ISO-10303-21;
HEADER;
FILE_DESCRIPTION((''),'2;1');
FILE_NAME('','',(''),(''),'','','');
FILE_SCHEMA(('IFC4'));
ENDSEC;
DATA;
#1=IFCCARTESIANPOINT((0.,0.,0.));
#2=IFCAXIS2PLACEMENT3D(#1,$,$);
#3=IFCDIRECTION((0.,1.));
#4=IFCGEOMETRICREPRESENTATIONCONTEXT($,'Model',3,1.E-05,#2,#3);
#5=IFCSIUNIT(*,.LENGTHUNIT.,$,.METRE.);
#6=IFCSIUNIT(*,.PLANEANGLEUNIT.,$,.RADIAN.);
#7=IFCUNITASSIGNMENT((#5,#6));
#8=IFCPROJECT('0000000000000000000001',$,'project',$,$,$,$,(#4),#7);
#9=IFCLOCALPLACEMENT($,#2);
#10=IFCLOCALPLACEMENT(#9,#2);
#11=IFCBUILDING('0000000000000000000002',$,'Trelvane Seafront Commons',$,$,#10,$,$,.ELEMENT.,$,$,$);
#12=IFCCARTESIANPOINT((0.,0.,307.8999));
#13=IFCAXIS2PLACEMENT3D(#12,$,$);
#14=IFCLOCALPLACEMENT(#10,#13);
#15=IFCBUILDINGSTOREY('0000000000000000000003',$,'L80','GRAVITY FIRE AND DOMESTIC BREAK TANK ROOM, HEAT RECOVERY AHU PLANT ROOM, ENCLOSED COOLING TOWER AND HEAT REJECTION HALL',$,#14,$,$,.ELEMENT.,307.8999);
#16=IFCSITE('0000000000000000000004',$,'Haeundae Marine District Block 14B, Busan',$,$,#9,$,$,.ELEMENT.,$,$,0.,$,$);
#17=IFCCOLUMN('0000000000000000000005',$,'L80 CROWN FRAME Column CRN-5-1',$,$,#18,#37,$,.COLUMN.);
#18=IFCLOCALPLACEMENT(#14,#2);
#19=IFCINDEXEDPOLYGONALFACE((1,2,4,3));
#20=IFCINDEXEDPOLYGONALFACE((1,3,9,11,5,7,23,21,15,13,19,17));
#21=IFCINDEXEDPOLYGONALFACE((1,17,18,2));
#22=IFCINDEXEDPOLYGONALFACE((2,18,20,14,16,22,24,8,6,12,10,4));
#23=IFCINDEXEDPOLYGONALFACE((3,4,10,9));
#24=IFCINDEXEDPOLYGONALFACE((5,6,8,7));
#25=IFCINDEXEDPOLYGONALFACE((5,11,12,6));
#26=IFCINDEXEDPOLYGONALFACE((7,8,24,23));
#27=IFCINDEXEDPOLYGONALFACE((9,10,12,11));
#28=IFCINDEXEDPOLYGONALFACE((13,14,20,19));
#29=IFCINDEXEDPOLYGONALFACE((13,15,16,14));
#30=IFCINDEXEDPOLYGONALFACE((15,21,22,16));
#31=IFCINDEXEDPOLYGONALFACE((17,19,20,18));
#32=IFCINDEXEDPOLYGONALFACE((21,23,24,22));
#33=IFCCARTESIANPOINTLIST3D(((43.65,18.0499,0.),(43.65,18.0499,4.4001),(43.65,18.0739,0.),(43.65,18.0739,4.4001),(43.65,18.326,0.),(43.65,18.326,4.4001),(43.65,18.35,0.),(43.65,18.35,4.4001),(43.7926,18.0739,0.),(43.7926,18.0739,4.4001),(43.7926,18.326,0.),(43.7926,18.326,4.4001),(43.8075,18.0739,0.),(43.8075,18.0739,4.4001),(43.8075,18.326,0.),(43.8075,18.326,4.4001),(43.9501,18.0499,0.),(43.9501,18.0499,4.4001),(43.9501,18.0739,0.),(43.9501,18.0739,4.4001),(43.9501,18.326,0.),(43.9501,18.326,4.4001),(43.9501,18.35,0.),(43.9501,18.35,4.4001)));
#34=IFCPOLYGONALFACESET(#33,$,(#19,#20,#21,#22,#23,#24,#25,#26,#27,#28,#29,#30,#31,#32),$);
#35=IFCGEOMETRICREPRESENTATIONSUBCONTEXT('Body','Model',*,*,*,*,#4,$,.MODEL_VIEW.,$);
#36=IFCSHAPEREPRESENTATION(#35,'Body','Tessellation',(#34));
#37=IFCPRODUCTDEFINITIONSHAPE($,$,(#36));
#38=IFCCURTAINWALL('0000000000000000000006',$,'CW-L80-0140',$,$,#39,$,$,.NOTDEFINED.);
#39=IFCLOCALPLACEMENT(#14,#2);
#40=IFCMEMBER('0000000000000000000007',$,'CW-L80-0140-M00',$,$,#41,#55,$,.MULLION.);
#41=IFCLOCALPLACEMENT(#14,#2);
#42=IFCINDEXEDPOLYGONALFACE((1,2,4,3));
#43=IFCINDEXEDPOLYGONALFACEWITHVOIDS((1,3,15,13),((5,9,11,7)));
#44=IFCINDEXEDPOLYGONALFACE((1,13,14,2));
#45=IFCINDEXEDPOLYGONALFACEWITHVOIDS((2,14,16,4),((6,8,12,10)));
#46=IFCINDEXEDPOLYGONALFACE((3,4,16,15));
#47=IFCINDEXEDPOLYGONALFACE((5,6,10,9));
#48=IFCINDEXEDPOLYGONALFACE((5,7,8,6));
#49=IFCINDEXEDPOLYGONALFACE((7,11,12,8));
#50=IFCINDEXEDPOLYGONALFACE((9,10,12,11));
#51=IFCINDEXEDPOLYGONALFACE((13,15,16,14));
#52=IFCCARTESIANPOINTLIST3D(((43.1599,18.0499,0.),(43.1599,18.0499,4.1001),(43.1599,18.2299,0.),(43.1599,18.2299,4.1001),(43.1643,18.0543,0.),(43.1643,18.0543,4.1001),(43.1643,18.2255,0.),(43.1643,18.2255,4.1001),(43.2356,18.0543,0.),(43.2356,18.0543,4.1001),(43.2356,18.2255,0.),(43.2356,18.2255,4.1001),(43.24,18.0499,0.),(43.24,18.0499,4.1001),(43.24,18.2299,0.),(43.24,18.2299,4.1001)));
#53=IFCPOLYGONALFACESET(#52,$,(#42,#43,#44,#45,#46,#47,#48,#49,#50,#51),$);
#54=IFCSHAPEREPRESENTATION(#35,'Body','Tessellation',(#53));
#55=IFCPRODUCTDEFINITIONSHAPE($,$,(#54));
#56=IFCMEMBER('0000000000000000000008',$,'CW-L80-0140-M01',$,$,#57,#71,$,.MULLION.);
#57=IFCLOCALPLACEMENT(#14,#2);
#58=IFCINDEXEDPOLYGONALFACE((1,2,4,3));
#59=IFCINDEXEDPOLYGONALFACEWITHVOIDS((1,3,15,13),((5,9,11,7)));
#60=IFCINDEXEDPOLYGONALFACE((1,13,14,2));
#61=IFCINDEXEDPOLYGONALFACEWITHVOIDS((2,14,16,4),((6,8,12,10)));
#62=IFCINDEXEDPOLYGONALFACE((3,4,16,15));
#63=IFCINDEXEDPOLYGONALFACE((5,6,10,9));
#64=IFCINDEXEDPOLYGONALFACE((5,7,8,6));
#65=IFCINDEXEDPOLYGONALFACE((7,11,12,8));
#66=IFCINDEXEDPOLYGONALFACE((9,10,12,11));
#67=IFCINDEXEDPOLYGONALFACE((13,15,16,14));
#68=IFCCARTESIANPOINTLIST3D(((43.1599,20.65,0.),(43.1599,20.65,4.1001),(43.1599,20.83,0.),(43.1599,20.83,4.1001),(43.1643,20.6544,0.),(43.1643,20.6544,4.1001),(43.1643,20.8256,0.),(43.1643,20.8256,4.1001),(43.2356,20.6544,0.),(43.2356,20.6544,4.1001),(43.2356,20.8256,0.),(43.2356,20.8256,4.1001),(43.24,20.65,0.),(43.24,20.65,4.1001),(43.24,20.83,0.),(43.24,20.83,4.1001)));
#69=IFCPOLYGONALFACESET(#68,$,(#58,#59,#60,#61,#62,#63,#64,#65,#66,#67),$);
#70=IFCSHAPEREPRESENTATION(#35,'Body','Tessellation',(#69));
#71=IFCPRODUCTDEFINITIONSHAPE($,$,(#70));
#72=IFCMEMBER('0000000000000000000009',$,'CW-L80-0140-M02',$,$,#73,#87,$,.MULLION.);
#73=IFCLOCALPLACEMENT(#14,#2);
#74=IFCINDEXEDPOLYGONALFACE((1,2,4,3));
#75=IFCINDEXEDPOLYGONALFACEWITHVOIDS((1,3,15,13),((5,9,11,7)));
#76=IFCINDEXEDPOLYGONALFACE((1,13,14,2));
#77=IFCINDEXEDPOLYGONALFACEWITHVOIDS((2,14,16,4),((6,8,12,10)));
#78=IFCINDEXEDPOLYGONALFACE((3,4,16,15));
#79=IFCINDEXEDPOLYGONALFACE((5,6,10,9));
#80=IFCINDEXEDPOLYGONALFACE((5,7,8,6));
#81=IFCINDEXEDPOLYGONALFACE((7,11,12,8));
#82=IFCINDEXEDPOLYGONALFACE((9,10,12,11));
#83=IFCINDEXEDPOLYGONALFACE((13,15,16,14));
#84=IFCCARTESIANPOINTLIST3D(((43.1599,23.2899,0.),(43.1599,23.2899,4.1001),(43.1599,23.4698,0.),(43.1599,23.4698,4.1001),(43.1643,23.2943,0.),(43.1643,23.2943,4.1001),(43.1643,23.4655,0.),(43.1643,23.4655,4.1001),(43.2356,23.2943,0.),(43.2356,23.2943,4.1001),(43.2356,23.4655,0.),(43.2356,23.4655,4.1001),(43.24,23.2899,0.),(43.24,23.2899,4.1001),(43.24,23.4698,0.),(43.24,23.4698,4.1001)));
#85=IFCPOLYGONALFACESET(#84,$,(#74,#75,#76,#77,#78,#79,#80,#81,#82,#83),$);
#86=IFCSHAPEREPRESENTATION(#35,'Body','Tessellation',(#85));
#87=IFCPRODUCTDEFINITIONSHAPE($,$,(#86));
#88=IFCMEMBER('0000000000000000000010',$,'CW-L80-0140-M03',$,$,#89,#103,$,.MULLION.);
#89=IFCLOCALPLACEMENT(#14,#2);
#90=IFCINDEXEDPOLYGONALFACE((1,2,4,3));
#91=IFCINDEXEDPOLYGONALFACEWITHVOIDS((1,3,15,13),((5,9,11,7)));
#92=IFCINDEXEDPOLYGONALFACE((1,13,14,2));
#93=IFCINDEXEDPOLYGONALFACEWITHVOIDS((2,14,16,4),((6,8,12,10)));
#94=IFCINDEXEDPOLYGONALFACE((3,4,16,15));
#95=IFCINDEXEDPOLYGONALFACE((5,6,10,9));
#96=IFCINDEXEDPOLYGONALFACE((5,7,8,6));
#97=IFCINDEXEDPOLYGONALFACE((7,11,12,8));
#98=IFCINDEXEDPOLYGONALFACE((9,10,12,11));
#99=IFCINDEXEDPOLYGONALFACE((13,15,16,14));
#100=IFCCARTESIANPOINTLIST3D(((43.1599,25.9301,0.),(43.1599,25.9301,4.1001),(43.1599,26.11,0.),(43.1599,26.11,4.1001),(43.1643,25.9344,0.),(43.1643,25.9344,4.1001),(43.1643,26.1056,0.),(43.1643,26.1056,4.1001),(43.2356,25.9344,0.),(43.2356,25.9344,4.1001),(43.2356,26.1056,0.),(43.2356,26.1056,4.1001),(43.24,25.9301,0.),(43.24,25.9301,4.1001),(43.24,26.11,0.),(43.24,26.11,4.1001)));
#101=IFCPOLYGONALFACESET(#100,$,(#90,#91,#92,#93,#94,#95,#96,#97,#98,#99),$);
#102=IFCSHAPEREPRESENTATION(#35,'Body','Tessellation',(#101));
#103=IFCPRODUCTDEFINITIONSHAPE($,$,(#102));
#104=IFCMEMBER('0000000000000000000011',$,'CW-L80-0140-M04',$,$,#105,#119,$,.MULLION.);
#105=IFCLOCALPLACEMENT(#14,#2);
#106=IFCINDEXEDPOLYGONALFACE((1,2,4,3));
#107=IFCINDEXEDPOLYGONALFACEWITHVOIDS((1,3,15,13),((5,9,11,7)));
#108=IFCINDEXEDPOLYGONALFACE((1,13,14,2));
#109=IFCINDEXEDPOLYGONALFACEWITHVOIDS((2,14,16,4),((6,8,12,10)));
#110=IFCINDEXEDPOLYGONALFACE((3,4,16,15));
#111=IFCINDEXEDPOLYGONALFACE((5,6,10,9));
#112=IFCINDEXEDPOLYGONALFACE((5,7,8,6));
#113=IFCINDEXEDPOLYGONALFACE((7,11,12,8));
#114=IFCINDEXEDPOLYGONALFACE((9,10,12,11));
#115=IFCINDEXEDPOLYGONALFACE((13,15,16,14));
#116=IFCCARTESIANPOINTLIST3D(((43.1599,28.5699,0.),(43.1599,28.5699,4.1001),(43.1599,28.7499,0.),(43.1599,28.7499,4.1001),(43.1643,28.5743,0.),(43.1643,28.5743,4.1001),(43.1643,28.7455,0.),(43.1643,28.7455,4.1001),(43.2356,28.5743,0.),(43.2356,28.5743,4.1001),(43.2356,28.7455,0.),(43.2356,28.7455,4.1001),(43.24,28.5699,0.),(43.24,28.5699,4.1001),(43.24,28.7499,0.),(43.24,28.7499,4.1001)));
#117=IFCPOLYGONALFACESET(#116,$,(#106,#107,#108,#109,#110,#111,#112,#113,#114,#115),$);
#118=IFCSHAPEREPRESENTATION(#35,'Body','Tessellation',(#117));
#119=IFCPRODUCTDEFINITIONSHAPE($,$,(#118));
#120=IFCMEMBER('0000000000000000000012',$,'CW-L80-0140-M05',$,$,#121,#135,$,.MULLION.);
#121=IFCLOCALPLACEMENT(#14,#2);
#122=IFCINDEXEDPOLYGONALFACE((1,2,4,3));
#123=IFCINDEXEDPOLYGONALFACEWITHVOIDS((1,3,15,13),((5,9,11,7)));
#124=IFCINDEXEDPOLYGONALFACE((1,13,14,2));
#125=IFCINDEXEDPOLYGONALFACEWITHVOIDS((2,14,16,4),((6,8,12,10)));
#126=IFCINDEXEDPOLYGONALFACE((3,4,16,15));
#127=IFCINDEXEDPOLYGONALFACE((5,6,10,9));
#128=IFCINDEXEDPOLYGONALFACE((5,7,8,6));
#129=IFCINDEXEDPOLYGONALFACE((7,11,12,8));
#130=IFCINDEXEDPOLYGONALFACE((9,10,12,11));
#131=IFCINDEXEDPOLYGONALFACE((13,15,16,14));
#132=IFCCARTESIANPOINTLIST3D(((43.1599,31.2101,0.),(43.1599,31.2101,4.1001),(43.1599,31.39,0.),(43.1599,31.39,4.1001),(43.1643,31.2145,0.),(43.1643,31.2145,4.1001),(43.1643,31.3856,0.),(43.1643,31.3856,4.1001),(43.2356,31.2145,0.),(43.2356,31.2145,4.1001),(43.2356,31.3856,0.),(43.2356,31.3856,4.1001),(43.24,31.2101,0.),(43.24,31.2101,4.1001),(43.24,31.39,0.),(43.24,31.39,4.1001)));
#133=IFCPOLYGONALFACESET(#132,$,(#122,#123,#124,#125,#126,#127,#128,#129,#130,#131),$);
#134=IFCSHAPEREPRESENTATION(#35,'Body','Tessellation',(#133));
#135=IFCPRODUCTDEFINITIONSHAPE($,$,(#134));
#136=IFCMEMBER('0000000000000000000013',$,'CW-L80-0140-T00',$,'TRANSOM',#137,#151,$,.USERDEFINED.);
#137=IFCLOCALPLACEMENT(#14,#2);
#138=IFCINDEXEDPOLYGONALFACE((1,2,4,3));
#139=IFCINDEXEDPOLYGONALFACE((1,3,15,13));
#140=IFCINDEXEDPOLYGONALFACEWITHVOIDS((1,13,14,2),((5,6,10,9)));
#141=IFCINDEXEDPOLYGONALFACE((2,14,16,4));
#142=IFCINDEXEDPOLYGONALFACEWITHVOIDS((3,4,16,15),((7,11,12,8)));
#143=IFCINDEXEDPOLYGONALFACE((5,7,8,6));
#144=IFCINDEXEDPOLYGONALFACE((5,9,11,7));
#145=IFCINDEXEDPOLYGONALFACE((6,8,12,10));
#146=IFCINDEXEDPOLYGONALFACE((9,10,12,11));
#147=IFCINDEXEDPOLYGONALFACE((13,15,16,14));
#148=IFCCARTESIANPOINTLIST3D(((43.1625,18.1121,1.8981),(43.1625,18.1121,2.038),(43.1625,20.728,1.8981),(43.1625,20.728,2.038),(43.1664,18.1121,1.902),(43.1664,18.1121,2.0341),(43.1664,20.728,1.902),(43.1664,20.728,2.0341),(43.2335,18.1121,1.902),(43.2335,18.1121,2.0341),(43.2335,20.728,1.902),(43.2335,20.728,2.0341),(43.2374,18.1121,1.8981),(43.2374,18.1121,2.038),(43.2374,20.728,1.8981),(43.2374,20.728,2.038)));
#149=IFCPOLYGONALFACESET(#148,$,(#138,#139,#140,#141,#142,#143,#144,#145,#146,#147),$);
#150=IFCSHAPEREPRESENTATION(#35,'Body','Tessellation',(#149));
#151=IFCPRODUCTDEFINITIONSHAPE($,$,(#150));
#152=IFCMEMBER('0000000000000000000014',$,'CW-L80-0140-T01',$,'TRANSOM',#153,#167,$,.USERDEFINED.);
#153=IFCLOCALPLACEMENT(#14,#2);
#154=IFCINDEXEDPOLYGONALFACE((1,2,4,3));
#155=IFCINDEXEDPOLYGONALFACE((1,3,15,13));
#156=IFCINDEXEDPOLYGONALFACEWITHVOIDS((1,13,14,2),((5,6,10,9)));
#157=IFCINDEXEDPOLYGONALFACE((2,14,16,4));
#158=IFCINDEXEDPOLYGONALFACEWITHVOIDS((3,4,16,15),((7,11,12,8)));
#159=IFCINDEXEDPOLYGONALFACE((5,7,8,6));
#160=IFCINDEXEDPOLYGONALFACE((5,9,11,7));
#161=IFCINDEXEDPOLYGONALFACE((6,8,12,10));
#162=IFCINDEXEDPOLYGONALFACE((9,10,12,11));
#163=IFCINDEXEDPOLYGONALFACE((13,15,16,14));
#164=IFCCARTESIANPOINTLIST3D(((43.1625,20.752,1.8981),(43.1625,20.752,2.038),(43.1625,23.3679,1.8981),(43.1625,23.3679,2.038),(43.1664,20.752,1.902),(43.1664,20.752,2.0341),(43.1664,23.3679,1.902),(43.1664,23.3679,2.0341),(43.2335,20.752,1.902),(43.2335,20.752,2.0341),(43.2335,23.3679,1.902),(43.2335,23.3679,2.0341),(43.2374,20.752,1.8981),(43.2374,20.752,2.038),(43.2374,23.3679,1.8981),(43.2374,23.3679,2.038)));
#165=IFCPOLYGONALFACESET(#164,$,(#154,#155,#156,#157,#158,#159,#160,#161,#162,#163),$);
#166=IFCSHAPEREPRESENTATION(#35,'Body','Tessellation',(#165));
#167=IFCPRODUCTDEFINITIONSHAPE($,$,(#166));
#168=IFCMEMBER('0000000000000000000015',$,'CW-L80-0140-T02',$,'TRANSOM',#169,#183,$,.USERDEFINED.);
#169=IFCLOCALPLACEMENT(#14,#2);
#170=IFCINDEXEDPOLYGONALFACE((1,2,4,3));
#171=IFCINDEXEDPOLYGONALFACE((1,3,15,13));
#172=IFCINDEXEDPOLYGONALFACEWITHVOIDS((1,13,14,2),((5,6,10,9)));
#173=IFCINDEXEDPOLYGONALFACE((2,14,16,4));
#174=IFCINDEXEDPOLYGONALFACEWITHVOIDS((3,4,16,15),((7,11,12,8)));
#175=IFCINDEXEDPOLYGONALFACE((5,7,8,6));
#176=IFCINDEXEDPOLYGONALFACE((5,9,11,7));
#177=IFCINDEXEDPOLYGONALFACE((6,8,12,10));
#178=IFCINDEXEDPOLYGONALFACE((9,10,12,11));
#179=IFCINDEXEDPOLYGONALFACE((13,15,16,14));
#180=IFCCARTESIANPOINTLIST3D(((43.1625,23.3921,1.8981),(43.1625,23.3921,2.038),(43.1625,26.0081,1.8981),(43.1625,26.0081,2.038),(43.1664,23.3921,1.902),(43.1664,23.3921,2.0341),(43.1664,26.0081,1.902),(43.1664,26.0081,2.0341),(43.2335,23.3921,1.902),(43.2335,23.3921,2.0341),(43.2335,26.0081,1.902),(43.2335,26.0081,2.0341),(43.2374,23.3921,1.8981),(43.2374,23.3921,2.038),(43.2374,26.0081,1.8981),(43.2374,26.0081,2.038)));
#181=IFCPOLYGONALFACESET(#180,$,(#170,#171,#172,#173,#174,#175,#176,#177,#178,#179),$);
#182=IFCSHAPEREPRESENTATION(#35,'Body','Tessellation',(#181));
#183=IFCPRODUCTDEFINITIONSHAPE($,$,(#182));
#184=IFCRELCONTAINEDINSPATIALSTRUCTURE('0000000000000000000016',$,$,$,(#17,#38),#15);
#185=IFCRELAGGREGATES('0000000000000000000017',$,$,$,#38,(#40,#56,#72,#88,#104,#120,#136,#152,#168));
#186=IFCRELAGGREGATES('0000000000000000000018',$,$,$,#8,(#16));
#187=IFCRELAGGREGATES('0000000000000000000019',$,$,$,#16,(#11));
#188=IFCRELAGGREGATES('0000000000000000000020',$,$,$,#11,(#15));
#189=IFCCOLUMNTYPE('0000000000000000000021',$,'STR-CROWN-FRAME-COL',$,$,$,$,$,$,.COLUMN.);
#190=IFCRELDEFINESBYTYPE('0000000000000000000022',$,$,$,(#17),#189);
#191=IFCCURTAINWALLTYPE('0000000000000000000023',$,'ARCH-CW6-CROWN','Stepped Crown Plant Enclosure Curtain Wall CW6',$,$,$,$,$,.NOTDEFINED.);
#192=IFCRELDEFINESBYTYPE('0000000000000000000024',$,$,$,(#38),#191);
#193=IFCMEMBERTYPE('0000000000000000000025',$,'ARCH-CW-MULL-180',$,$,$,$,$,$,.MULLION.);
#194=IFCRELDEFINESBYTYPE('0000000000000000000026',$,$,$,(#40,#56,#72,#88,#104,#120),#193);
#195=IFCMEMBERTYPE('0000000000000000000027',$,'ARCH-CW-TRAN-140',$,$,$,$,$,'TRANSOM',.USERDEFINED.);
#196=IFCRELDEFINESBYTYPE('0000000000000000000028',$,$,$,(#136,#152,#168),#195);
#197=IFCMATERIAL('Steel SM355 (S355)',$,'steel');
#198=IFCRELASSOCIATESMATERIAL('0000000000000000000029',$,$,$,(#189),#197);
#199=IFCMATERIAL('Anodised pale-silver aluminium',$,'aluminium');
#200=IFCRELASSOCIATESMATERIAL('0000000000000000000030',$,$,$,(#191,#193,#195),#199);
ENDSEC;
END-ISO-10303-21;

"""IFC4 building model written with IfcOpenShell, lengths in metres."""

from ifc_helpers import new_model, si_unit, direction, frame, origin, origin_2d, place, context, subcontext, project, spatial, hollow_rectangle, i_section, extrude, source, transform, mapped, material, material_profile, profile_set, type_object, element, aggregate, save


model = new_model("IFC4")

# Units and contexts
model_context = context("Model", 3, precision=1e-05, world=origin(), true_north=direction((0.0, 1.0)))
body_context = subcontext(model_context, "Body", "Model", "MODEL_VIEW")
ifc_project = project(units=[si_unit("LENGTHUNIT", "METRE"), si_unit("PLANEANGLEUNIT", "RADIAN")], contexts=[model_context])

# Site, building, storey
site_placement = place(None, origin())
site = spatial("IfcSite", under=ifc_project, at=site_placement, Name="Haeundae Marine District Block 14B, Busan", CompositionType="ELEMENT", RefElevation=0.0)
building_placement = place(site_placement, origin())
building = spatial("IfcBuilding", under=site, at=building_placement, Name="Trelvane Seafront Commons", CompositionType="ELEMENT")
storey_placement = place(building_placement, frame((0.0, 0.0, 307.8999)))
storey = spatial("IfcBuildingStorey", under=building, at=storey_placement, Name="L80", Description="GRAVITY FIRE AND DOMESTIC BREAK TANK ROOM, HEAT RECOVERY AHU PLANT ROOM, ENCLOSED COOLING TOWER AND HEAT REJECTION HALL", CompositionType="ELEMENT", Elevation=307.8999)

# Column
ifc_material_1 = material(Name="Steel SM355 (S355)", Category="steel")
ifc_material_profile_1 = material_profile(ifc_material_1, i_section(OverallWidth=0.3, OverallDepth=0.3, WebThickness=0.0149, FlangeThickness=0.0239, at=origin_2d()), Name="HD-300x300x15x24")
ifc_profile_set_1 = profile_set([ifc_material_profile_1], Name="Steel SM355 (S355)")
column_type = type_object("IfcColumnType", Name="STR-CROWN-FRAME-COL", PredefinedType="COLUMN", material=ifc_profile_set_1)
shared_shape_1 = source(origin(), body_context, "Body", "SweptSolid", [
    extrude(i_section(OverallWidth=0.3, OverallDepth=0.3, WebThickness=0.0149, FlangeThickness=0.0239, at=origin_2d()), origin(), (0.0, 0.0, 1.0), 4.4001),
])
column_placement = place(storey_placement, frame((43.8, 18.2, 0.0), z_axis=(0.0, 0.0, 1.0), x_axis=(1.0, 0.0, 0.0)))
element("IfcColumn", 1, at=column_placement, inside=storey, type_object=column_type, Name="L80 CROWN FRAME Column CRN-5-1", PredefinedType="COLUMN", context=body_context, shape_type="MappedRepresentation", body=[
    mapped(shared_shape_1, transform((0.0, 0.0, 0.0), x_axis=(1.0, 0.0, 0.0), y_axis=(0.0, 1.0, 0.0), z_axis=(0.0, 0.0, 1.0), scale=1.0)),
])

# Curtain wall, members
ifc_material_2 = material(Name="Anodised pale-silver aluminium", Category="aluminium")
curtain_wall_type = type_object("IfcCurtainWallType", Name="ARCH-CW6-CROWN", Description="Stepped Crown Plant Enclosure Curtain Wall CW6", PredefinedType="NOTDEFINED", material=ifc_material_2)
curtain_wall_placement = place(storey_placement, origin())
curtain_wall = element("IfcCurtainWall", 2, at=curtain_wall_placement, inside=storey, type_object=curtain_wall_type, Name="CW-L80-0140", PredefinedType="NOTDEFINED")
ifc_material_profile_2 = material_profile(ifc_material_2, hollow_rectangle(XDim=0.0801, YDim=0.1799, WallThickness=0.0044, at=origin_2d()), Name="MULL-80x180x4.5")
ifc_profile_set_2 = profile_set([ifc_material_profile_2], Name="Anodised pale-silver aluminium")
member_type_1 = type_object("IfcMemberType", Name="ARCH-CW-MULL-180", PredefinedType="MULLION", material=ifc_profile_set_2)
shared_shape_2 = source(origin(), body_context, "Body", "SweptSolid", [
    extrude(hollow_rectangle(XDim=0.0801, YDim=0.1799, WallThickness=0.0044, at=origin_2d()), origin(), (0.0, 0.0, 1.0), 4.1001),
])
member_1_placement = place(storey_placement, frame((43.2, 18.1399, 0.0), z_axis=(0.0, 0.0, 1.0), x_axis=(1.0, 0.0, 0.0)))
member_1 = element("IfcMember", 3, at=member_1_placement, type_object=member_type_1, Name="CW-L80-0140-M00", PredefinedType="MULLION", context=body_context, shape_type="MappedRepresentation", body=[
    mapped(shared_shape_2, transform((0.0, 0.0, 0.0), x_axis=(1.0, 0.0, 0.0), y_axis=(0.0, 1.0, 0.0), z_axis=(0.0, 0.0, 1.0), scale=1.0)),
])
member_2_placement = place(storey_placement, frame((43.2, 20.74, 0.0), z_axis=(0.0, 0.0, 1.0), x_axis=(1.0, 0.0, 0.0)))
member_2 = element("IfcMember", 4, at=member_2_placement, type_object=member_type_1, Name="CW-L80-0140-M01", PredefinedType="MULLION", context=body_context, shape_type="MappedRepresentation", body=[
    mapped(shared_shape_2, transform((0.0, 0.0, 0.0), x_axis=(1.0, 0.0, 0.0), y_axis=(0.0, 1.0, 0.0), z_axis=(0.0, 0.0, 1.0), scale=1.0)),
])
member_3_placement = place(storey_placement, frame((43.2, 23.3799, 0.0), z_axis=(0.0, 0.0, 1.0), x_axis=(1.0, 0.0, 0.0)))
member_3 = element("IfcMember", 5, at=member_3_placement, type_object=member_type_1, Name="CW-L80-0140-M02", PredefinedType="MULLION", context=body_context, shape_type="MappedRepresentation", body=[
    mapped(shared_shape_2, transform((0.0, 0.0, 0.0), x_axis=(1.0, 0.0, 0.0), y_axis=(0.0, 1.0, 0.0), z_axis=(0.0, 0.0, 1.0), scale=1.0)),
])
member_4_placement = place(storey_placement, frame((43.2, 26.02, 0.0), z_axis=(0.0, 0.0, 1.0), x_axis=(1.0, 0.0, 0.0)))
member_4 = element("IfcMember", 6, at=member_4_placement, type_object=member_type_1, Name="CW-L80-0140-M03", PredefinedType="MULLION", context=body_context, shape_type="MappedRepresentation", body=[
    mapped(shared_shape_2, transform((0.0, 0.0, 0.0), x_axis=(1.0, 0.0, 0.0), y_axis=(0.0, 1.0, 0.0), z_axis=(0.0, 0.0, 1.0), scale=1.0)),
])
member_5_placement = place(storey_placement, frame((43.2, 28.6599, 0.0), z_axis=(0.0, 0.0, 1.0), x_axis=(1.0, 0.0, 0.0)))
member_5 = element("IfcMember", 7, at=member_5_placement, type_object=member_type_1, Name="CW-L80-0140-M04", PredefinedType="MULLION", context=body_context, shape_type="MappedRepresentation", body=[
    mapped(shared_shape_2, transform((0.0, 0.0, 0.0), x_axis=(1.0, 0.0, 0.0), y_axis=(0.0, 1.0, 0.0), z_axis=(0.0, 0.0, 1.0), scale=1.0)),
])
member_6_placement = place(storey_placement, frame((43.2, 31.3, 0.0), z_axis=(0.0, 0.0, 1.0), x_axis=(1.0, 0.0, 0.0)))
member_6 = element("IfcMember", 8, at=member_6_placement, type_object=member_type_1, Name="CW-L80-0140-M05", PredefinedType="MULLION", context=body_context, shape_type="MappedRepresentation", body=[
    mapped(shared_shape_2, transform((0.0, 0.0, 0.0), x_axis=(1.0, 0.0, 0.0), y_axis=(0.0, 1.0, 0.0), z_axis=(0.0, 0.0, 1.0), scale=1.0)),
])
ifc_material_profile_3 = material_profile(ifc_material_2, hollow_rectangle(XDim=0.075, YDim=0.1399, WallThickness=0.0039, at=origin_2d()), Name="TRAN-75x140x4")
ifc_profile_set_3 = profile_set([ifc_material_profile_3], Name="Anodised pale-silver aluminium")
member_type_2 = type_object("IfcMemberType", Name="ARCH-CW-TRAN-140", ElementType="TRANSOM", PredefinedType="USERDEFINED", material=ifc_profile_set_3)
shared_shape_3 = source(origin(), body_context, "Body", "SweptSolid", [
    extrude(hollow_rectangle(XDim=0.075, YDim=0.1399, WallThickness=0.0039, at=origin_2d()), origin(), (0.0, 0.0, 1.0), 2.616),
])
member_7_placement = place(storey_placement, frame((43.2, 18.1121, 1.968), z_axis=(0.0, 1.0, 0.0), x_axis=(-1.0, 0.0, 0.0)))
member_7 = element("IfcMember", 9, at=member_7_placement, type_object=member_type_2, Name="CW-L80-0140-T00", ObjectType="TRANSOM", PredefinedType="USERDEFINED", context=body_context, shape_type="MappedRepresentation", body=[
    mapped(shared_shape_3, transform((0.0, 0.0, 0.0), x_axis=(1.0, 0.0, 0.0), y_axis=(0.0, 1.0, 0.0), z_axis=(0.0, 0.0, 1.0), scale=1.0)),
])
member_8_placement = place(storey_placement, frame((43.2, 20.752, 1.968), z_axis=(0.0, 1.0, 0.0), x_axis=(-1.0, 0.0, 0.0)))
member_8 = element("IfcMember", 10, at=member_8_placement, type_object=member_type_2, Name="CW-L80-0140-T01", ObjectType="TRANSOM", PredefinedType="USERDEFINED", context=body_context, shape_type="MappedRepresentation", body=[
    mapped(shared_shape_3, transform((0.0, 0.0, 0.0), x_axis=(1.0, 0.0, 0.0), y_axis=(0.0, 1.0, 0.0), z_axis=(0.0, 0.0, 1.0), scale=1.0)),
])
member_9_placement = place(storey_placement, frame((43.2, 23.3921, 1.968), z_axis=(0.0, 1.0, 0.0), x_axis=(-1.0, 0.0, 0.0)))
member_9 = element("IfcMember", 11, at=member_9_placement, type_object=member_type_2, Name="CW-L80-0140-T02", ObjectType="TRANSOM", PredefinedType="USERDEFINED", context=body_context, shape_type="MappedRepresentation", body=[
    mapped(shared_shape_3, transform((0.0, 0.0, 0.0), x_axis=(1.0, 0.0, 0.0), y_axis=(0.0, 1.0, 0.0), z_axis=(0.0, 0.0, 1.0), scale=1.0)),
])
aggregate(curtain_wall, [member_1, member_2, member_3, member_4, member_5, member_6, member_7, member_8, member_9])

save(model, "model.ifc")
